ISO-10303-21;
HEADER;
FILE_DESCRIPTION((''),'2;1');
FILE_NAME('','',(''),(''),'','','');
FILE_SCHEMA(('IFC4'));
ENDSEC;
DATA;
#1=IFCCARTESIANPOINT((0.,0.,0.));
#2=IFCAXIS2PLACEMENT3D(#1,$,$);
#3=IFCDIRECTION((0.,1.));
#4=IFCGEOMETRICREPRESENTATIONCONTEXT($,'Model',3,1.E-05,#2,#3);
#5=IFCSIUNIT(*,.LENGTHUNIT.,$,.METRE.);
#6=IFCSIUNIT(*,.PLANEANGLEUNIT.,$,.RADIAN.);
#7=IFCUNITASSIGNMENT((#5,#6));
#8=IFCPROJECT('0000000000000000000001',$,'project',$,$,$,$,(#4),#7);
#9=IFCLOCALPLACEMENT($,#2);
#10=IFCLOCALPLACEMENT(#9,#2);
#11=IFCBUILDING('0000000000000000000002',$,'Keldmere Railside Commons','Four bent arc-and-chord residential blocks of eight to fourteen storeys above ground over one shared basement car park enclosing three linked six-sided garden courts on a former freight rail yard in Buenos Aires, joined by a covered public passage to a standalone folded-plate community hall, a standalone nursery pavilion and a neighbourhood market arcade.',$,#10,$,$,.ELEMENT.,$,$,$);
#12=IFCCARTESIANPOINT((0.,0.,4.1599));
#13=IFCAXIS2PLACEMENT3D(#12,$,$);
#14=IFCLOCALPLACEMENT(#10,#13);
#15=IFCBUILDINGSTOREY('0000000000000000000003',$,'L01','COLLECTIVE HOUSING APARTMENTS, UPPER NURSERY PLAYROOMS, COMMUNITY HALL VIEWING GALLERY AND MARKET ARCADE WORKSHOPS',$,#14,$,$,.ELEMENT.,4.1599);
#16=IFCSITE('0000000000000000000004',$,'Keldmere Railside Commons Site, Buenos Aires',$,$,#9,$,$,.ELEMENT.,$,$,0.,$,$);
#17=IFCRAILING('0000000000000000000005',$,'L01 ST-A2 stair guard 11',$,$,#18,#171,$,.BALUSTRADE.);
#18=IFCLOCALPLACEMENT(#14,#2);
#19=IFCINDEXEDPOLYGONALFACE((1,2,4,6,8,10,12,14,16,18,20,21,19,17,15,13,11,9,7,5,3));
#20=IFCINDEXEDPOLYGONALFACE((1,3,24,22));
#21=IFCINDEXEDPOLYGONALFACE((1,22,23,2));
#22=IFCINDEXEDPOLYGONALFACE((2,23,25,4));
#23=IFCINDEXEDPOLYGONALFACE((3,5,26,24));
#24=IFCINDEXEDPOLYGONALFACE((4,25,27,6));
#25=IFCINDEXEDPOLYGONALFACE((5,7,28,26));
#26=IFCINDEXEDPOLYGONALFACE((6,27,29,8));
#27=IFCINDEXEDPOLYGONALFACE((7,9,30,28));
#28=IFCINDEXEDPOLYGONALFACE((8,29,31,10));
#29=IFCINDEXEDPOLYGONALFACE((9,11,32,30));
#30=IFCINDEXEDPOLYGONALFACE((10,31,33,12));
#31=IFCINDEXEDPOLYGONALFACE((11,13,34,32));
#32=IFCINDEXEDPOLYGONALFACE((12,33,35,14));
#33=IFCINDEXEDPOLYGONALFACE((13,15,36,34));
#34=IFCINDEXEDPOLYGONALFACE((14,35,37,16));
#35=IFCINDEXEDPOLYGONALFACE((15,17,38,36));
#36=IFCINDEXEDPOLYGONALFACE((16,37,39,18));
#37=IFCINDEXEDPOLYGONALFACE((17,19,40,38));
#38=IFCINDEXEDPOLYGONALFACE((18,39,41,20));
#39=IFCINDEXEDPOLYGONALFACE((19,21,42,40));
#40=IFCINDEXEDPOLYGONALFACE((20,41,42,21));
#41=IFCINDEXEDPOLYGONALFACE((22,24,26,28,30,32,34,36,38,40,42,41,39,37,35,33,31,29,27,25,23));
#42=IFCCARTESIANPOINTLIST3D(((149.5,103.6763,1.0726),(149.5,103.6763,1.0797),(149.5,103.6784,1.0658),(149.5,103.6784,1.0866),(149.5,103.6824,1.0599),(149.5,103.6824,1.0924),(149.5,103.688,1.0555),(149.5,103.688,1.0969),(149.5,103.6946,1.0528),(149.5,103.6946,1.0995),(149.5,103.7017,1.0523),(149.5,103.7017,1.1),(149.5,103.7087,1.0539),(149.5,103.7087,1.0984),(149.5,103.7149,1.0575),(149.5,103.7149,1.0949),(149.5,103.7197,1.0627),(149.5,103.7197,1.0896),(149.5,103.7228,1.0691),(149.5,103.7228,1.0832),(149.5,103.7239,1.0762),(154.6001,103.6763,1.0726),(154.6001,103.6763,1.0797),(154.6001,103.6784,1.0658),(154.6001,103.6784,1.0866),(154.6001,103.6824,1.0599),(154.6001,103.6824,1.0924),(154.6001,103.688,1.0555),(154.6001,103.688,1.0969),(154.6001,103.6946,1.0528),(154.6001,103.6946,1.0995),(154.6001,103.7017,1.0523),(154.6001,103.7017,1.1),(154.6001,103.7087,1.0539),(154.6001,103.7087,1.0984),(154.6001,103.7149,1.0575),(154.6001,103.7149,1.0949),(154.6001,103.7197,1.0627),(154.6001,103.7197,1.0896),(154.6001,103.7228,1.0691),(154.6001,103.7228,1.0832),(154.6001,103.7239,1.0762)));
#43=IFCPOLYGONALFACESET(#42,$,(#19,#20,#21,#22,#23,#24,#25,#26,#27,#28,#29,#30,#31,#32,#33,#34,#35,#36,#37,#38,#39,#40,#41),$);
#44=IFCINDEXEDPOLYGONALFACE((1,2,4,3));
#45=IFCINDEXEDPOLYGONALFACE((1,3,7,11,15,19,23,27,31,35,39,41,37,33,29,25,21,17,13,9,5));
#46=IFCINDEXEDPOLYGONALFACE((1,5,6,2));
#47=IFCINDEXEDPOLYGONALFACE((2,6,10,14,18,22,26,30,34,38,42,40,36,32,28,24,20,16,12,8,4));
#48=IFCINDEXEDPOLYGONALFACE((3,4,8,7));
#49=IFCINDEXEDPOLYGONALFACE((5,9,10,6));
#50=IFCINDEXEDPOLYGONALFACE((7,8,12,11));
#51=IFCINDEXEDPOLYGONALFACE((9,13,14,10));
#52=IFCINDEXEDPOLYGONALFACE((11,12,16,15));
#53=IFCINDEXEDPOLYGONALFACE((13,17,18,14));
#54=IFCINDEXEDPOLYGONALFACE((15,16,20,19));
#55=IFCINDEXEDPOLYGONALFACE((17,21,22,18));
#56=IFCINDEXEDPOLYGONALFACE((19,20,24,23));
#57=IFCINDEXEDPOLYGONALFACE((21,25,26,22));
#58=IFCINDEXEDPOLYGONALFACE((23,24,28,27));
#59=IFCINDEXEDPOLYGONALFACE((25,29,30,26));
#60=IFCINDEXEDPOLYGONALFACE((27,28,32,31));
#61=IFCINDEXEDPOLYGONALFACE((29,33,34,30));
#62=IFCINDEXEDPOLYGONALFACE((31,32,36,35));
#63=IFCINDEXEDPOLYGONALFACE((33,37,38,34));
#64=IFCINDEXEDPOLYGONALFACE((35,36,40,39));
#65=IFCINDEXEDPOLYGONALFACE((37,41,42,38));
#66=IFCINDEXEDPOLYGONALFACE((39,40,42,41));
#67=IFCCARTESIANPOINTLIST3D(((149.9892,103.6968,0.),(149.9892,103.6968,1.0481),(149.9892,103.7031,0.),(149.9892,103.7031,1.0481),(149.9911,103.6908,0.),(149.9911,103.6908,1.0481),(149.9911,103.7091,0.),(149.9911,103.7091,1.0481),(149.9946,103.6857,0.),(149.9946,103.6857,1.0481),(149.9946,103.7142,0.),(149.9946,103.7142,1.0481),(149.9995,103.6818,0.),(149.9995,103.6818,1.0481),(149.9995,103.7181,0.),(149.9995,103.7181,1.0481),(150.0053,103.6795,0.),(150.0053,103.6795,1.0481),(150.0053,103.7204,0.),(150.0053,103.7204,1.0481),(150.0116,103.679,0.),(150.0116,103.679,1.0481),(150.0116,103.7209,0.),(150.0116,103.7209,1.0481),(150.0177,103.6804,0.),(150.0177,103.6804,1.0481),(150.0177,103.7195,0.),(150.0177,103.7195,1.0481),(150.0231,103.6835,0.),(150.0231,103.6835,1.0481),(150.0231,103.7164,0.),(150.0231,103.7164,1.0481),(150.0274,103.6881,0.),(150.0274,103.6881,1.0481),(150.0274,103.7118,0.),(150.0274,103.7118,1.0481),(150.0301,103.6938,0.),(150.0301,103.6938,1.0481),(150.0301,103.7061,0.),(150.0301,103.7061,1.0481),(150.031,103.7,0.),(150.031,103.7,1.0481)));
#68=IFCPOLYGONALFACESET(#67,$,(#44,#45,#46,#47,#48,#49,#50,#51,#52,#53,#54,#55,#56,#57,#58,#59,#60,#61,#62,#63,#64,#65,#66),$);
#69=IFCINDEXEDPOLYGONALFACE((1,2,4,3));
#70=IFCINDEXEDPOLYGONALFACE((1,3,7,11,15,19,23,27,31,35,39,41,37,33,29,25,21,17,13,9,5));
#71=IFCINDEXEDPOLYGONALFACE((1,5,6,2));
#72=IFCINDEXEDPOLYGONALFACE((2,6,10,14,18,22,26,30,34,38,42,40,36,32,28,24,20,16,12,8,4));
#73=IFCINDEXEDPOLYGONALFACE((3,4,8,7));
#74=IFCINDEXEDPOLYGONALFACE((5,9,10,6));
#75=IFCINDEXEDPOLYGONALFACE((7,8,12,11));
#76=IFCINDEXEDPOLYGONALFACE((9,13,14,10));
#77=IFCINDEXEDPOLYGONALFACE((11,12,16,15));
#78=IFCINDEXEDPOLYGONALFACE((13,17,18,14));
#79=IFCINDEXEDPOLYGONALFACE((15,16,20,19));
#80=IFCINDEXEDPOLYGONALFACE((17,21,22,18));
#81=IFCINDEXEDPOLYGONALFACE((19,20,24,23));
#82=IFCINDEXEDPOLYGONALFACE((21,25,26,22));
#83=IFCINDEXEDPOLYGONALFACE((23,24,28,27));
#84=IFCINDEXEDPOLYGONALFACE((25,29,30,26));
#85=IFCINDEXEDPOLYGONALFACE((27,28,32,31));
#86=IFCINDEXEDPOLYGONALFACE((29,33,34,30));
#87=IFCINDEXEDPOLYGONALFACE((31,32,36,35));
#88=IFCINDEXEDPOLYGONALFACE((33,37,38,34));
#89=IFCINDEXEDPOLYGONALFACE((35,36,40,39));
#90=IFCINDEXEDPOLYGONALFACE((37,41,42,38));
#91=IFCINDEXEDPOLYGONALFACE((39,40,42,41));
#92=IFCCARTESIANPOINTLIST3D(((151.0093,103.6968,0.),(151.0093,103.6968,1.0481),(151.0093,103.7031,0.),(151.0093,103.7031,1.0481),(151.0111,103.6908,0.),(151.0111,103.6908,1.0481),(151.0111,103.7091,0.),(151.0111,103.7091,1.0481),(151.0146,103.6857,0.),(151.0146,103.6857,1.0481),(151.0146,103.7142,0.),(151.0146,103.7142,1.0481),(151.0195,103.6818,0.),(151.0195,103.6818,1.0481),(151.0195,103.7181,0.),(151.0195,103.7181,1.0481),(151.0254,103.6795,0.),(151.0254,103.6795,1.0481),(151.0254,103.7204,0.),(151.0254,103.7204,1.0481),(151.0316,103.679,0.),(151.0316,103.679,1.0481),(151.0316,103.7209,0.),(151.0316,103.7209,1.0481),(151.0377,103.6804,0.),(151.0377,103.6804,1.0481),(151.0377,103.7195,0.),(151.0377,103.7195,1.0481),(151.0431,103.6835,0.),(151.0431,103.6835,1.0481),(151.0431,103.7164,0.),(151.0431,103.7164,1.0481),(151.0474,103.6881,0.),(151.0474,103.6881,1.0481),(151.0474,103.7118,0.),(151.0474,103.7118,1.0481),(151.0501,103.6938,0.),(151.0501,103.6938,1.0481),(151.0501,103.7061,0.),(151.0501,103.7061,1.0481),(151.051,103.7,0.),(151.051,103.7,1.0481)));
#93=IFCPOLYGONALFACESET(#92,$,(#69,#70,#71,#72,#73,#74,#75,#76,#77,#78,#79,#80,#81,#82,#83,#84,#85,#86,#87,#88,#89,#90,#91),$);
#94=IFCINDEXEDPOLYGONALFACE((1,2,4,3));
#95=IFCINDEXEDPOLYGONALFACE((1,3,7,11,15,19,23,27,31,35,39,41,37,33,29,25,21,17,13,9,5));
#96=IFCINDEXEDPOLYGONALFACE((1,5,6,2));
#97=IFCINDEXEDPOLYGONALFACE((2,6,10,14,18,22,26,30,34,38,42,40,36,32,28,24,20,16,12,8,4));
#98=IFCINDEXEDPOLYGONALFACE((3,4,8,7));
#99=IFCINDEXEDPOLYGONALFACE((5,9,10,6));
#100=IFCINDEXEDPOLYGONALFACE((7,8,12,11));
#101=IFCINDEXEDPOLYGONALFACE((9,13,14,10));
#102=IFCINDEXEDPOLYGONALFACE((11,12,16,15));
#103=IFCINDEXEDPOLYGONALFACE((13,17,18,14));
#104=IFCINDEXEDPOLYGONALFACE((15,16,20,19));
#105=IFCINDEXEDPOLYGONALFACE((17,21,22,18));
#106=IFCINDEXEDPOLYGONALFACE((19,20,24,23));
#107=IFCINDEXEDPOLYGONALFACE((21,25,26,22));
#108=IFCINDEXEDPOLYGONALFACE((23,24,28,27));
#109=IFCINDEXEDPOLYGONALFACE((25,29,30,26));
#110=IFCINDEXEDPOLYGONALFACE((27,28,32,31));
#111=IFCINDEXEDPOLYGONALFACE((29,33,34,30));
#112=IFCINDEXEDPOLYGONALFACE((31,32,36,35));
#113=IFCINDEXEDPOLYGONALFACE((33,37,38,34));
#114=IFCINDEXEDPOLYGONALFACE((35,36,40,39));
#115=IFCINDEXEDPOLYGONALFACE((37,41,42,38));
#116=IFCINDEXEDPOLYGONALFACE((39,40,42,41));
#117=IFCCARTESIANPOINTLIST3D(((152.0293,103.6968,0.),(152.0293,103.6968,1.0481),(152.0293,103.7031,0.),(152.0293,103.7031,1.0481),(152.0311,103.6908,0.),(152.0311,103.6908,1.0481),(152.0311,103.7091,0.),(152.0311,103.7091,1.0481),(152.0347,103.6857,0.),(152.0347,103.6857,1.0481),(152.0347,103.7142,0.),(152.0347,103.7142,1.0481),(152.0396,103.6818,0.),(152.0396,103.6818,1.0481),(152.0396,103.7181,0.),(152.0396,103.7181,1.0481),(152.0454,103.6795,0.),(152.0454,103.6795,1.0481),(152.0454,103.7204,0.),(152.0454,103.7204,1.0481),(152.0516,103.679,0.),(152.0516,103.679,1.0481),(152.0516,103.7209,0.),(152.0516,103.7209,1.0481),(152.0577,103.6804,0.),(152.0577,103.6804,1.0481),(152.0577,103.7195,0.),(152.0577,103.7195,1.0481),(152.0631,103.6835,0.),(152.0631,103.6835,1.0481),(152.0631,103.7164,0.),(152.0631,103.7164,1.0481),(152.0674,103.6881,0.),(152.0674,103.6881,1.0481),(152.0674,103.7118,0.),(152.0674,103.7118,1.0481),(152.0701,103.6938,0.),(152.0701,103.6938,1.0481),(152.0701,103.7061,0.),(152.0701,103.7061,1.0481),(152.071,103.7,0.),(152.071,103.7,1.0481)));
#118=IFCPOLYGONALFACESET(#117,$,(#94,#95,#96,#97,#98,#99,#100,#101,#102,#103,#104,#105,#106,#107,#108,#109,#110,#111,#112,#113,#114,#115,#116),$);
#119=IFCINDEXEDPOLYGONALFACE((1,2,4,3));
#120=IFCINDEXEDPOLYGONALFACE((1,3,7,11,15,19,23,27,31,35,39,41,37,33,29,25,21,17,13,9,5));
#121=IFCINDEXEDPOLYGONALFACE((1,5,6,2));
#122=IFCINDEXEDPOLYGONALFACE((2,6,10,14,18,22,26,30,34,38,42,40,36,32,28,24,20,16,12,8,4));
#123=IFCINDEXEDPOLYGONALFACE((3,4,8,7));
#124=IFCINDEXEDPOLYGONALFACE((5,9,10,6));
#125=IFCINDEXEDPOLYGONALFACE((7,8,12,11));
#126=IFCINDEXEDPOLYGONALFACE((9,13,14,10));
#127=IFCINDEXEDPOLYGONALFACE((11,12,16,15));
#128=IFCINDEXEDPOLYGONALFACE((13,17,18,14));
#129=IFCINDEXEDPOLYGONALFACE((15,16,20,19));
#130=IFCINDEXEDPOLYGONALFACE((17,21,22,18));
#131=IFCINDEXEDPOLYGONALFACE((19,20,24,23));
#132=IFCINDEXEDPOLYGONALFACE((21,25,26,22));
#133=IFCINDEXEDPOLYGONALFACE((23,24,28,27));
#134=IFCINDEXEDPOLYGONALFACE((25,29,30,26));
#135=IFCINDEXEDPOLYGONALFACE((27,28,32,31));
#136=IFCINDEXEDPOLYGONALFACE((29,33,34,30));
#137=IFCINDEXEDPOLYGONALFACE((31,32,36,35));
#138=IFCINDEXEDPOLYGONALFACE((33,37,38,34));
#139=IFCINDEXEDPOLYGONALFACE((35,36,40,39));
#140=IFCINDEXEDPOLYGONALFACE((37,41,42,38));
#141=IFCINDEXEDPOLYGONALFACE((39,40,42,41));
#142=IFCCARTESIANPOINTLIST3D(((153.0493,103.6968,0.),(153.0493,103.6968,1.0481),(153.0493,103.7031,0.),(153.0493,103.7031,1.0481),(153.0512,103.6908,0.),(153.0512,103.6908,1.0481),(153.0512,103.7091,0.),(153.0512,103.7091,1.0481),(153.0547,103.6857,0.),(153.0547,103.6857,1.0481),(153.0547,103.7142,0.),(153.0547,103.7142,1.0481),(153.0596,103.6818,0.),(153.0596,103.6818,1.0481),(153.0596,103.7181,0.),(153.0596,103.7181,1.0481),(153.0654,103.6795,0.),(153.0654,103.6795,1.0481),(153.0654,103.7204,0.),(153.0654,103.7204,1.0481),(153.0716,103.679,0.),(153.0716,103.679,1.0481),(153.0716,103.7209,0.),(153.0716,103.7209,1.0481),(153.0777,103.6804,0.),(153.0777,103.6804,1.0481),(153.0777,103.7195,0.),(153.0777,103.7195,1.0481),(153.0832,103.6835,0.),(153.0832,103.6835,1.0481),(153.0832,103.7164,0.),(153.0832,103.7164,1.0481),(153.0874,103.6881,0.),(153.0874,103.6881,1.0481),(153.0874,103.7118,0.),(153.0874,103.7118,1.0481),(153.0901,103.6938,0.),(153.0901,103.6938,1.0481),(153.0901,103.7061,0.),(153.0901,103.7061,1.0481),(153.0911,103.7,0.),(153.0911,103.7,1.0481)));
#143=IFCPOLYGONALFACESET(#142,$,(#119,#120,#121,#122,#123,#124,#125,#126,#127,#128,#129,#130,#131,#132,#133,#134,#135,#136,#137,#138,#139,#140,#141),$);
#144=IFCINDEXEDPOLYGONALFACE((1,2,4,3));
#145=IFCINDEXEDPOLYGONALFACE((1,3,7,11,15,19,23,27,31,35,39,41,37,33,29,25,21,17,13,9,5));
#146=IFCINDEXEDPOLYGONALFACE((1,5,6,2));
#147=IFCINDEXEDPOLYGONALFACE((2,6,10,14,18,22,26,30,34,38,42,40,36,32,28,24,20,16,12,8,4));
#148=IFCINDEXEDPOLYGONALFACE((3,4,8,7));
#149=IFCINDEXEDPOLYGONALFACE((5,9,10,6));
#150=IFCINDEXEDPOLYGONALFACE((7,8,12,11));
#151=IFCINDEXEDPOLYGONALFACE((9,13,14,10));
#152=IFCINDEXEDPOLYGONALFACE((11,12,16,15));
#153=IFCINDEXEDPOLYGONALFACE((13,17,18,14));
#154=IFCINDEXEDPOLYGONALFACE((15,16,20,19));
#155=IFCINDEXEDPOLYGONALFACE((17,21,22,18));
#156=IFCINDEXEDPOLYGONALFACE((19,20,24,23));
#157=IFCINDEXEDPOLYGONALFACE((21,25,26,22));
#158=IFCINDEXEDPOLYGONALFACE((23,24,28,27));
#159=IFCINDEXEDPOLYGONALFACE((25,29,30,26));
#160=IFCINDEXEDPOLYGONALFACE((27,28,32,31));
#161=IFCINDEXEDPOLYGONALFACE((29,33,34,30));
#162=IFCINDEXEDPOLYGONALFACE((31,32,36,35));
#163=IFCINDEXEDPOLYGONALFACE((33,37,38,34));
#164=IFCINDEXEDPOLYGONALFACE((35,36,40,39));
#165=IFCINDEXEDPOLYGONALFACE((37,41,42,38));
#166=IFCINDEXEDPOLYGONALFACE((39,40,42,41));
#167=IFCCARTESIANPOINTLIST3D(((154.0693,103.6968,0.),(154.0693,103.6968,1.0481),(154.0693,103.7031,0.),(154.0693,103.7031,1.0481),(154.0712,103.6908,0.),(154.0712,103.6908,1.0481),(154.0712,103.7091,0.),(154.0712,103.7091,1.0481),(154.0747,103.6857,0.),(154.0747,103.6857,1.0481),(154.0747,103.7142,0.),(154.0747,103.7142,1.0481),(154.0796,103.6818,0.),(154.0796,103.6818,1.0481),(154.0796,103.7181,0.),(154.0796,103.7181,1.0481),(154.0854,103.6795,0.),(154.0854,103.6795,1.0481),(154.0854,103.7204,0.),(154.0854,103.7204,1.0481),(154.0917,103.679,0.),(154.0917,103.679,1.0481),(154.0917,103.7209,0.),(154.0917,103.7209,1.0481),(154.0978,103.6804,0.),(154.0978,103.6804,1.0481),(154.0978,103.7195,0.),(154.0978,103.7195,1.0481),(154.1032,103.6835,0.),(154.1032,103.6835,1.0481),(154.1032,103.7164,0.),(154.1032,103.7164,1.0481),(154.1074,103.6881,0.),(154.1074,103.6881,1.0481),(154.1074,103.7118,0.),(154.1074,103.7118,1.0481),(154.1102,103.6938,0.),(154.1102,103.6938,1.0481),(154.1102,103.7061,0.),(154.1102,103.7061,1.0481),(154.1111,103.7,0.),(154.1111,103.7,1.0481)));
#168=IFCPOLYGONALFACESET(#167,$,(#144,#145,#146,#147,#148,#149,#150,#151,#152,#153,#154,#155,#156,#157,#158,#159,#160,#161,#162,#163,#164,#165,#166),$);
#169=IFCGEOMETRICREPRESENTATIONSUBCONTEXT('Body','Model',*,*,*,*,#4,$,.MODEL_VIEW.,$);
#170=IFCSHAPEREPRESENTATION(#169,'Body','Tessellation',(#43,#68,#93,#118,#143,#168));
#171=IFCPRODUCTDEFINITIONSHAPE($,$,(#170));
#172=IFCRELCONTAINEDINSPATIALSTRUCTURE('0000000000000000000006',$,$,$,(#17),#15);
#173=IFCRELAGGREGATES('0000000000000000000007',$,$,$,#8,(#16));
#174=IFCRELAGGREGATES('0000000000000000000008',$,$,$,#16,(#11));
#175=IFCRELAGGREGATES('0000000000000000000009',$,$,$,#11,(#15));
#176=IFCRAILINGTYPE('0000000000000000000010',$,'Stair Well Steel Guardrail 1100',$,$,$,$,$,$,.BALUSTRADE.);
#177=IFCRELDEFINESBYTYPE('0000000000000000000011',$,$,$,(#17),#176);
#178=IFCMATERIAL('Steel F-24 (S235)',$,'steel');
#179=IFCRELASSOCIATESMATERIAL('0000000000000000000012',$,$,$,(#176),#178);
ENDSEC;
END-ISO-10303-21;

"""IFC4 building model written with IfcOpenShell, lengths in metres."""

from ifc_helpers import new_model, si_unit, direction, frame, origin, origin_2d, place, context, subcontext, project, spatial, circle, extrude, material, type_object, element, save


model = new_model("IFC4")

# Units and contexts
model_context = context("Model", 3, precision=1e-05, world=origin(), true_north=direction((0.0, 1.0)))
body_context = subcontext(model_context, "Body", "Model", "MODEL_VIEW")
ifc_project = project(units=[si_unit("LENGTHUNIT", "METRE"), si_unit("PLANEANGLEUNIT", "RADIAN")], contexts=[model_context])

# Site, building, storey
site_placement = place(None, origin())
site = spatial("IfcSite", under=ifc_project, at=site_placement, Name="Keldmere Railside Commons Site, Buenos Aires", CompositionType="ELEMENT", RefElevation=0.0)
building_placement = place(site_placement, origin())
building = spatial("IfcBuilding", under=site, at=building_placement, Name="Keldmere Railside Commons", Description="Four bent arc-and-chord residential blocks of eight to fourteen storeys above ground over one shared basement car park enclosing three linked six-sided garden courts on a former freight rail yard in Buenos Aires, joined by a covered public passage to a standalone folded-plate community hall, a standalone nursery pavilion and a neighbourhood market arcade.", CompositionType="ELEMENT")
storey_placement = place(building_placement, frame((0.0, 0.0, 4.1599)))
storey = spatial("IfcBuildingStorey", under=building, at=storey_placement, Name="L01", Description="COLLECTIVE HOUSING APARTMENTS, UPPER NURSERY PLAYROOMS, COMMUNITY HALL VIEWING GALLERY AND MARKET ARCADE WORKSHOPS", CompositionType="ELEMENT", Elevation=4.1599)

# Railing
ifc_material_1 = material(Name="Steel F-24 (S235)", Category="steel")
railing_type_1 = type_object("IfcRailingType", Name="Stair Well Steel Guardrail 1100", PredefinedType="BALUSTRADE", material=ifc_material_1)
for number, where, name in (
    (1, (149.5, 103.7, 0.0), "L01 ST-A2 stair guard 11"),
):
    element("IfcRailing", number, at=place(storey_placement, frame(where)), inside=storey, type_object=railing_type_1, Name=name, PredefinedType="BALUSTRADE", context=body_context, shape_type="SweptSolid", body=[
        extrude(circle(Radius=0.0239, at=origin_2d()), frame((0.0, 0.0, 1.0762), z_axis=(1.0, 0.0, 0.0), x_axis=(0.0, 1.0, 0.0)), (0.0, 0.0, 1.0), 5.1001),
        extrude(circle(Radius=0.021, at=origin_2d()), frame((0.51, 0.0, 0.0)), (0.0, 0.0, 1.0), 1.0481),
        extrude(circle(Radius=0.021, at=origin_2d()), frame((1.53, 0.0, 0.0)), (0.0, 0.0, 1.0), 1.0481),
        extrude(circle(Radius=0.021, at=origin_2d()), frame((2.55, 0.0, 0.0)), (0.0, 0.0, 1.0), 1.0481),
        extrude(circle(Radius=0.021, at=origin_2d()), frame((3.5701, 0.0, 0.0)), (0.0, 0.0, 1.0), 1.0481),
        extrude(circle(Radius=0.021, at=origin_2d()), frame((4.5901, 0.0, 0.0)), (0.0, 0.0, 1.0), 1.0481),
    ])

save(model, "model.ifc")
